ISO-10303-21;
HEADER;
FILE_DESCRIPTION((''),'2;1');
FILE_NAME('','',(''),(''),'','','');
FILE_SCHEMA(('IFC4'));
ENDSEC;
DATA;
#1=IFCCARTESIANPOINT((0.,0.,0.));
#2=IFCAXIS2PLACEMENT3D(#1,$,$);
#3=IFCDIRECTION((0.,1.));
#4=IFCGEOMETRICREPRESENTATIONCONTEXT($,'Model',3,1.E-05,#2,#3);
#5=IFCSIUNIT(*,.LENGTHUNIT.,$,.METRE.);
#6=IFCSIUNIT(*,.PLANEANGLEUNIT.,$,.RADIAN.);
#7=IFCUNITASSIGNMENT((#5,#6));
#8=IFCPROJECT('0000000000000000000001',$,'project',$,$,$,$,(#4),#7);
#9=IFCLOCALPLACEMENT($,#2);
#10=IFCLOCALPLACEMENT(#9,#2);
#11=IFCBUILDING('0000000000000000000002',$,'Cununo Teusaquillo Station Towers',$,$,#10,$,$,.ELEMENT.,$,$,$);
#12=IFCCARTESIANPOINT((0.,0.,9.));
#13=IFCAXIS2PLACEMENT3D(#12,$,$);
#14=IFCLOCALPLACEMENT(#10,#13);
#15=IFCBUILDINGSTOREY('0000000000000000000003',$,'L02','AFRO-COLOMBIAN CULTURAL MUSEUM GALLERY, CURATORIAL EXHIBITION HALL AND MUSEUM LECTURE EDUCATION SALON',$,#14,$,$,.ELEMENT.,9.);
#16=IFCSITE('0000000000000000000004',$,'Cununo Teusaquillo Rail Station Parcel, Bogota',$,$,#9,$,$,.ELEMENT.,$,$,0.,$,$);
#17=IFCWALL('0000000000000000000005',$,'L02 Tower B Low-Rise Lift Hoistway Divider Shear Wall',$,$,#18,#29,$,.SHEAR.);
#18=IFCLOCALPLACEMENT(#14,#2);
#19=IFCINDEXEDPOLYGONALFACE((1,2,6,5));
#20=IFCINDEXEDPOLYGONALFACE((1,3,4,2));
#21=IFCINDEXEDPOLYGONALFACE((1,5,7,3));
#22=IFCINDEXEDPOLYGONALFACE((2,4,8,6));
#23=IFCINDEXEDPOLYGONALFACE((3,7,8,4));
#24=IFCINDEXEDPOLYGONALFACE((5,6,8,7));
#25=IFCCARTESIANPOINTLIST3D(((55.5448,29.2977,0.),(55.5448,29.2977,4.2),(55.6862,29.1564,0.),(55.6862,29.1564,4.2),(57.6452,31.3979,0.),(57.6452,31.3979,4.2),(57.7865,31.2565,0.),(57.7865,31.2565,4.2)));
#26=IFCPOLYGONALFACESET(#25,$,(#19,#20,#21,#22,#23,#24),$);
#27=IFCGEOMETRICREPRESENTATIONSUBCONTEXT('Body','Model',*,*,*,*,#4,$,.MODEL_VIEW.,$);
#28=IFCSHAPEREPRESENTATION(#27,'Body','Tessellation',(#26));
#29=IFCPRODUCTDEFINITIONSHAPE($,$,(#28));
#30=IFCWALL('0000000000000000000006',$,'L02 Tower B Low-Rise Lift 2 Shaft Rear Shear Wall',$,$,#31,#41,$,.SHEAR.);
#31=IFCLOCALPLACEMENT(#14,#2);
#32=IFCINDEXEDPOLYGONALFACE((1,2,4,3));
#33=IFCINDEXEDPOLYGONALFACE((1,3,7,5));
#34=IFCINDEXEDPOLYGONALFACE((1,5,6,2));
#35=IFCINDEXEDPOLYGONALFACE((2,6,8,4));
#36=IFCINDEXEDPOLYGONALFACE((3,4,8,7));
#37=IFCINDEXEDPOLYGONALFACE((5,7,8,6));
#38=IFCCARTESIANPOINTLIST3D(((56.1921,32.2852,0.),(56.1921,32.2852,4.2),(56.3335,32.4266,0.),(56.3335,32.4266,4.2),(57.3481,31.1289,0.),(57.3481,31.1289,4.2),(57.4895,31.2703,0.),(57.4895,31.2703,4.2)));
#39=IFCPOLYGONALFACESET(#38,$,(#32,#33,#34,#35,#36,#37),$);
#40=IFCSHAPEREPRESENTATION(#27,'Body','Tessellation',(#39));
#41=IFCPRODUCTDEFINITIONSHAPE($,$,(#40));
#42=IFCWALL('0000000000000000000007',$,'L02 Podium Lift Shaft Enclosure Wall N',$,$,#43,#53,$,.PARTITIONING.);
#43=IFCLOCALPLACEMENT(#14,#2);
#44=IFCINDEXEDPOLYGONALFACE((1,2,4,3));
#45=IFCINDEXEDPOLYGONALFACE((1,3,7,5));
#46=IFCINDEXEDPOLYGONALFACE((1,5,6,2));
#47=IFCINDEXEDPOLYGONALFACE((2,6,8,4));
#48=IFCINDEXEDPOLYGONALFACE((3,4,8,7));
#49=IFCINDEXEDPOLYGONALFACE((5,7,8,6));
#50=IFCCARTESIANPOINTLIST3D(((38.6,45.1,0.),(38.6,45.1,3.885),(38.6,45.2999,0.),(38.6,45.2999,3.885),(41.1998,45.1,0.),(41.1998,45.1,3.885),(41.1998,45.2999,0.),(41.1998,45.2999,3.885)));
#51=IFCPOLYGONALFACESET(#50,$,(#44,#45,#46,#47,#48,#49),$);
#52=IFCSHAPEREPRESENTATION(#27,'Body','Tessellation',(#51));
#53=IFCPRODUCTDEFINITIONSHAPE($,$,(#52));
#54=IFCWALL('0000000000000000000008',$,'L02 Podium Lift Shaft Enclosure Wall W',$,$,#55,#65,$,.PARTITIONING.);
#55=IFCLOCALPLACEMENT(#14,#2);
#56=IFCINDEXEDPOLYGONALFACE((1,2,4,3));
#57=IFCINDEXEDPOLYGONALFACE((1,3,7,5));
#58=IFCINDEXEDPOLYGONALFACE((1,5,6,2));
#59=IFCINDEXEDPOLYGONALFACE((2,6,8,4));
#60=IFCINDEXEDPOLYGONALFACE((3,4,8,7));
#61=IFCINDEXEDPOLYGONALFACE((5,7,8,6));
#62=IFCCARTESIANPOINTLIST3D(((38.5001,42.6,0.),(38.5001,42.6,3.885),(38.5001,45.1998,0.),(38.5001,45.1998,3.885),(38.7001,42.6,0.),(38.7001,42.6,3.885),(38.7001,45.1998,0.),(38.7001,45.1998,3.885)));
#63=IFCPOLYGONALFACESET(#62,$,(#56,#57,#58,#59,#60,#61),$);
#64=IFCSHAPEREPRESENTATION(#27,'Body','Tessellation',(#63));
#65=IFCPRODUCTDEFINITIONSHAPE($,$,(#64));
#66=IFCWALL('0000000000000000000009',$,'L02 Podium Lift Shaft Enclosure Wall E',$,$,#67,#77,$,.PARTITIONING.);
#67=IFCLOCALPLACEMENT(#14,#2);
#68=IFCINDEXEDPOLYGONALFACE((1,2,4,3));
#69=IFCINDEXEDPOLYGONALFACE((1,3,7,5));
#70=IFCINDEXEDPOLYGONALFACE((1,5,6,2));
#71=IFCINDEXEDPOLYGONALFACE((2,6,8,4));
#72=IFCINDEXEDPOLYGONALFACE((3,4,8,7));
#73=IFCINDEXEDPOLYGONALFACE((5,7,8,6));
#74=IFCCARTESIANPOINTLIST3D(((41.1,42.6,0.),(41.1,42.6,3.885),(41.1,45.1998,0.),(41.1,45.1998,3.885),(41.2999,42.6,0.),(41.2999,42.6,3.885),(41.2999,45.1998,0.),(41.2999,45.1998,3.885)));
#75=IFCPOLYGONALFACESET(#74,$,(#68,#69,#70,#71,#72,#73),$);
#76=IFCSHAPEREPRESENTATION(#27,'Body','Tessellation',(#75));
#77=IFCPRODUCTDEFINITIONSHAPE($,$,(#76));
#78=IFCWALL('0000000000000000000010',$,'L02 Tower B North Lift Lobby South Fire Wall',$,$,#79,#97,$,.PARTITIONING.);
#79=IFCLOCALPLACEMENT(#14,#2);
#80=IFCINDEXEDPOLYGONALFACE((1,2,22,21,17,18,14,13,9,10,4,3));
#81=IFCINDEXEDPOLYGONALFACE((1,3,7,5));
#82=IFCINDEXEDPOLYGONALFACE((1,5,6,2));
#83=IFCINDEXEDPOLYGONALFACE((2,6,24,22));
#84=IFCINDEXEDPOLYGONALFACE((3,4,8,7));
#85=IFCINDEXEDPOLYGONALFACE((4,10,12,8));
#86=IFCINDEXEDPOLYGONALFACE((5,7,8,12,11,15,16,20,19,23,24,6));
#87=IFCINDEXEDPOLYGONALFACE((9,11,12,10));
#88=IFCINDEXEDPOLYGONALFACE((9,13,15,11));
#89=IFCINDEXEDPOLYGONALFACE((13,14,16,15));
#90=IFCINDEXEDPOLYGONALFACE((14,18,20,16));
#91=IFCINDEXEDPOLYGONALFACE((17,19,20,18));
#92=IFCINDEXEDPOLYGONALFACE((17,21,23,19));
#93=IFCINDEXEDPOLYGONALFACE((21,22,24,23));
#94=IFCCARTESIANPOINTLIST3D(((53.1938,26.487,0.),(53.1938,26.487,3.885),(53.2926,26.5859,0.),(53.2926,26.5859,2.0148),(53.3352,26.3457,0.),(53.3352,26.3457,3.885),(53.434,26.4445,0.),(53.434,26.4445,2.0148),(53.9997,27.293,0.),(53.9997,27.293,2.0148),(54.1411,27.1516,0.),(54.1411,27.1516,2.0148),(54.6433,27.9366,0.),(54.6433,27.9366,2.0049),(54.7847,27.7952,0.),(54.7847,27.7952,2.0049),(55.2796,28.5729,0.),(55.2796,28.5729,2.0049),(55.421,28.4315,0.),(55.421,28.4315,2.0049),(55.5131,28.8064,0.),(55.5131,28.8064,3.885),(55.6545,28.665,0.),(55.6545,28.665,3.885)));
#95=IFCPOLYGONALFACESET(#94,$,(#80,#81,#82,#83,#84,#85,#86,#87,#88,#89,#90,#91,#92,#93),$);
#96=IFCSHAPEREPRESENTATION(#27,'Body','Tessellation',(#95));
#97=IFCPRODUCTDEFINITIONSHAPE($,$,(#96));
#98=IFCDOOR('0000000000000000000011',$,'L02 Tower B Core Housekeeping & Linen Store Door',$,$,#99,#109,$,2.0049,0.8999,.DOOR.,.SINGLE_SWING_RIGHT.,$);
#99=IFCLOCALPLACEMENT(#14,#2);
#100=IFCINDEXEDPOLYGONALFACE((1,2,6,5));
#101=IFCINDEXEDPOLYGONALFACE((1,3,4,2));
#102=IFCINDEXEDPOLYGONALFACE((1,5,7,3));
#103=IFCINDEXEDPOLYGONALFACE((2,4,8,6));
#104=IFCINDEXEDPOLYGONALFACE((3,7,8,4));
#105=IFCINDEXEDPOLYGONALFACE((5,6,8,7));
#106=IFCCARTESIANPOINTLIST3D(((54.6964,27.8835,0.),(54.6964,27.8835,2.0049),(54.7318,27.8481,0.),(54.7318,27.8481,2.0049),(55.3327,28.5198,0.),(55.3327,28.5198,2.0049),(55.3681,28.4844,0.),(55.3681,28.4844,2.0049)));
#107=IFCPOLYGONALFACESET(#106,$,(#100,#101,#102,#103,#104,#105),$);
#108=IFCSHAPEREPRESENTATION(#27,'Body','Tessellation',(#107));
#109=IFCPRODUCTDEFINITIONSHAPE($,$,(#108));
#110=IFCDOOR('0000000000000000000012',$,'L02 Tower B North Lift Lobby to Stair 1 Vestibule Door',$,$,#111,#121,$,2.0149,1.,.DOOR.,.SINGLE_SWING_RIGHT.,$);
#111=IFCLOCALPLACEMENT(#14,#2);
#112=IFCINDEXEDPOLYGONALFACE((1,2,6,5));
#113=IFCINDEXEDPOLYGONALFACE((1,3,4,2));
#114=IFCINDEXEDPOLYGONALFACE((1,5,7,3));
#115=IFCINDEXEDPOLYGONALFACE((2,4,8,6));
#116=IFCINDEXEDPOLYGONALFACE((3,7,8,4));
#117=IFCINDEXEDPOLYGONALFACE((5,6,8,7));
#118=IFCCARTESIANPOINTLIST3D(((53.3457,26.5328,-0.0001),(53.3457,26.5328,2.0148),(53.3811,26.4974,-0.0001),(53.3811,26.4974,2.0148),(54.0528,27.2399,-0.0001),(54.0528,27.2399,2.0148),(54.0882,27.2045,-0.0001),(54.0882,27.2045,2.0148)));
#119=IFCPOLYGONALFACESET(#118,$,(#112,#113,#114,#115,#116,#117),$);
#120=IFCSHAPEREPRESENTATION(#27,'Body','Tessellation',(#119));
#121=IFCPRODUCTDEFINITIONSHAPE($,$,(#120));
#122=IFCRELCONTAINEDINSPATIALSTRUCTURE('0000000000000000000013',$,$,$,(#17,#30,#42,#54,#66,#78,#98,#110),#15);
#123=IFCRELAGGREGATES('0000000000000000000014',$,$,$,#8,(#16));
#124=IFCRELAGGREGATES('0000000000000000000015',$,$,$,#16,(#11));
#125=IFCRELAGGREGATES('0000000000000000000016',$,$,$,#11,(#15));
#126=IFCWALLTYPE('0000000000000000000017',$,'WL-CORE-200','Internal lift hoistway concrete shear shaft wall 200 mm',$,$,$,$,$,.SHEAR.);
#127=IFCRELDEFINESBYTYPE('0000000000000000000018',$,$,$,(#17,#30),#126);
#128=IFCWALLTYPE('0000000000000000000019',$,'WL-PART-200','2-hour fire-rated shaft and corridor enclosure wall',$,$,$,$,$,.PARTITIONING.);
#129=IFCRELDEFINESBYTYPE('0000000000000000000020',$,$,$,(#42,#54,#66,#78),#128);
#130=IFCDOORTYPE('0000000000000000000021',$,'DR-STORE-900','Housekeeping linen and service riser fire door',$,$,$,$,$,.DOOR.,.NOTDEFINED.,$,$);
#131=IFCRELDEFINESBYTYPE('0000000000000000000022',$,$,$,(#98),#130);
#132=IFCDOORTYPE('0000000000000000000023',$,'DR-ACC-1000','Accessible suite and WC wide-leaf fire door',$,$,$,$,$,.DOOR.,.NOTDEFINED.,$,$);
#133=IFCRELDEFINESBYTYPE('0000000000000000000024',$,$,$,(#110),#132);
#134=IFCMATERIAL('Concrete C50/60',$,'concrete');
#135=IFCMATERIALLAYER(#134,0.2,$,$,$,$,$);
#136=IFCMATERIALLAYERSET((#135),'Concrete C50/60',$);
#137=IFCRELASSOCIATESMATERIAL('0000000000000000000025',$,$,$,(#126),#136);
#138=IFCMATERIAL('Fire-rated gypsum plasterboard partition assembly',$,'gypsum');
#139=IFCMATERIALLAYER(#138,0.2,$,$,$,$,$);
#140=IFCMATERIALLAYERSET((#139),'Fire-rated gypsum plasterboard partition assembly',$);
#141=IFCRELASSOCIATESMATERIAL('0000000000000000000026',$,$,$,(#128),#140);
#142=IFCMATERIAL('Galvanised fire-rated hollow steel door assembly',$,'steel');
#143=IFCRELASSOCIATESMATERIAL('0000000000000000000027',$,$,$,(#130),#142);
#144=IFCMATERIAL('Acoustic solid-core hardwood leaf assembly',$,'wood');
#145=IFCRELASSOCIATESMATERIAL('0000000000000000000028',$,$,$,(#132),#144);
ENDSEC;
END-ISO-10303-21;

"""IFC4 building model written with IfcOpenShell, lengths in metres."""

from ifc_helpers import new_model, si_unit, direction, frame, frame_2d, origin, place, context, subcontext, project, spatial, rectangle, extrude, source, transform, mapped, material, layer, layer_set, type_object, element, fill, save


model = new_model("IFC4")

# Units and contexts
model_context = context("Model", 3, precision=1e-05, world=origin(), true_north=direction((0.0, 1.0)))
body_context = subcontext(model_context, "Body", "Model", "MODEL_VIEW")
ifc_project = project(units=[si_unit("LENGTHUNIT", "METRE"), si_unit("PLANEANGLEUNIT", "RADIAN")], contexts=[model_context])

# Site, building, storey
site_placement = place(None, origin())
site = spatial("IfcSite", under=ifc_project, at=site_placement, Name="Cununo Teusaquillo Rail Station Parcel, Bogota", CompositionType="ELEMENT", RefElevation=0.0)
building_placement = place(site_placement, origin())
building = spatial("IfcBuilding", under=site, at=building_placement, Name="Cununo Teusaquillo Station Towers", CompositionType="ELEMENT")
storey_placement = place(building_placement, frame((0.0, 0.0, 9.0)))
storey = spatial("IfcBuildingStorey", under=building, at=storey_placement, Name="L02", Description="AFRO-COLOMBIAN CULTURAL MUSEUM GALLERY, CURATORIAL EXHIBITION HALL AND MUSEUM LECTURE EDUCATION SALON", CompositionType="ELEMENT", Elevation=9.0)

# Walls
ifc_material_1 = material(Name="Concrete C50/60", Category="concrete")
ifc_layer_1 = layer(ifc_material_1, 0.2)
ifc_layer_set_1 = layer_set([ifc_layer_1], Name="Concrete C50/60")
wall_type_1 = type_object("IfcWallType", Name="WL-CORE-200", Description="Internal lift hoistway concrete shear shaft wall 200 mm", PredefinedType="SHEAR", material=ifc_layer_set_1)
wall_1_placement = place(storey_placement, frame((55.6155, 29.2271, 0.0), z_axis=(0.0, 0.0, 1.0), x_axis=(0.707148, 0.707066, 0.0)))
element("IfcWall", 1, at=wall_1_placement, inside=storey, type_object=wall_type_1, Name="L02 Tower B Low-Rise Lift Hoistway Divider Shear Wall", PredefinedType="SHEAR", context=body_context, shape_type="SweptSolid", body=[
    extrude(rectangle(XDim=2.9702, YDim=0.2, at=frame_2d((1.4851, 0.0))), origin(), (0.0, 0.0, 1.0), 4.2),
])
wall_2_placement = place(storey_placement, frame((57.4187, 31.1997, 0.0), z_axis=(0.0, 0.0, 1.0), x_axis=(-0.707032, 0.707181, 0.0)))
element("IfcWall", 2, at=wall_2_placement, inside=storey, type_object=wall_type_1, Name="L02 Tower B Low-Rise Lift 2 Shaft Rear Shear Wall", PredefinedType="SHEAR", context=body_context, shape_type="SweptSolid", body=[
    extrude(rectangle(XDim=1.635, YDim=0.2, at=frame_2d((0.8174, 0.0))), origin(), (0.0, 0.0, 1.0), 4.2),
])
ifc_material_2 = material(Name="Fire-rated gypsum plasterboard partition assembly", Category="gypsum")
ifc_layer_2 = layer(ifc_material_2, 0.2)
ifc_layer_set_2 = layer_set([ifc_layer_2], Name="Fire-rated gypsum plasterboard partition assembly")
wall_type_2 = type_object("IfcWallType", Name="WL-PART-200", Description="2-hour fire-rated shaft and corridor enclosure wall", PredefinedType="PARTITIONING", material=ifc_layer_set_2)
for number, where, z_axis, x_axis, name in (
    (3, (38.6001, 45.2, 0.0), (0.0, 0.0, 1.0), (1.0, 0.0, 0.0), "L02 Podium Lift Shaft Enclosure Wall N"),
    (4, (38.6001, 42.6001, 0.0), (0.0, 0.0, 1.0), (0.0, 1.0, 0.0), "L02 Podium Lift Shaft Enclosure Wall W"),
    (5, (41.2, 42.6001, 0.0), (0.0, 0.0, 1.0), (0.0, 1.0, 0.0), "L02 Podium Lift Shaft Enclosure Wall E"),
):
    element("IfcWall", number, at=place(storey_placement, frame(where, z_axis=z_axis, x_axis=x_axis)), inside=storey, type_object=wall_type_2, Name=name, PredefinedType="PARTITIONING", context=body_context, shape_type="SweptSolid", body=[
        extrude(rectangle(XDim=2.5999, YDim=0.2, at=frame_2d((1.2998, 0.0))), origin(), (0.0, 0.0, 1.0), 3.885),
    ])

# Wall, openings, doors
wall_3_placement = place(storey_placement, frame((53.2644, 26.4163, 0.0), z_axis=(0.0, 0.0, 1.0), x_axis=(0.707107, 0.707107, 0.0)))
wall_3 = element("IfcWall", 6, at=wall_3_placement, inside=storey, type_object=wall_type_2, Name="L02 Tower B North Lift Lobby South Fire Wall", PredefinedType="PARTITIONING", context=body_context, shape_type="SweptSolid", body=[
    extrude(rectangle(XDim=3.28, YDim=0.2, at=frame_2d((1.6401, 0.0))), origin(), (0.0, 0.0, 1.0), 3.885),
])
shared_shape_1 = source(origin(), body_context, "Body", "SweptSolid", [
    extrude(rectangle(XDim=1.0, YDim=2.0149, at=frame_2d((0.5, 1.0073))), frame((0.0, 0.1099, 0.0), z_axis=(0.0, -1.0, 0.0), x_axis=(1.0, 0.0, 0.0)), (0.0, 0.0, 1.0), 0.22),
])
opening_1_placement = place(wall_3_placement, frame((0.1399, 0.0, 0.0)))
opening_1 = element("IfcOpeningElement", 7, at=opening_1_placement, cuts=wall_3, PredefinedType="OPENING", context=body_context, shape_type="MappedRepresentation", body=[
    mapped(shared_shape_1, transform((0.0, 0.0, 0.0), x_axis=(1.0, 0.0, 0.0), y_axis=(0.0, 1.0, 0.0), z_axis=(0.0, 0.0, 1.0), scale=1.0)),
])
shared_shape_2 = source(origin(), body_context, "Body", "SweptSolid", [
    extrude(rectangle(XDim=0.8999, YDim=2.0049, at=frame_2d((0.45, 1.0024))), frame((0.0, 0.1099, 0.0), z_axis=(0.0, -1.0, 0.0), x_axis=(1.0, 0.0, 0.0)), (0.0, 0.0, 1.0), 0.22),
])
opening_2_placement = place(wall_3_placement, frame((2.05, 0.0, 0.0)))
opening_2 = element("IfcOpeningElement", 8, at=opening_2_placement, cuts=wall_3, PredefinedType="OPENING", context=body_context, shape_type="MappedRepresentation", body=[
    mapped(shared_shape_2, transform((0.0, 0.0, 0.0), x_axis=(1.0, 0.0, 0.0), y_axis=(0.0, 1.0, 0.0), z_axis=(0.0, 0.0, 1.0), scale=1.0)),
])
ifc_material_3 = material(Name="Galvanised fire-rated hollow steel door assembly", Category="steel")
door_type_1 = type_object("IfcDoorType", Name="DR-STORE-900", Description="Housekeeping linen and service riser fire door", OperationType="NOTDEFINED", PredefinedType="DOOR", material=ifc_material_3)
shared_shape_3 = source(origin(), body_context, "Body", "SweptSolid", [
    extrude(rectangle(XDim=0.8999, YDim=2.0049, at=frame_2d((0.45, 1.0024))), frame((0.0, 0.0249, 0.0), z_axis=(0.0, -1.0, 0.0), x_axis=(1.0, 0.0, 0.0)), (0.0, 0.0, 1.0), 0.05),
])
door_1_placement = place(opening_2_placement, origin())
door_1 = element("IfcDoor", 9, at=door_1_placement, inside=storey, type_object=door_type_1, Name="L02 Tower B Core Housekeeping & Linen Store Door", OperationType="SINGLE_SWING_RIGHT", OverallHeight=2.0049, OverallWidth=0.8999, PredefinedType="DOOR", context=body_context, shape_type="MappedRepresentation", body=[
    mapped(shared_shape_3, transform((0.0, 0.0, 0.0), x_axis=(1.0, 0.0, 0.0), y_axis=(0.0, 1.0, 0.0), z_axis=(0.0, 0.0, 1.0), scale=1.0)),
])
fill(opening_2, door_1)
ifc_material_4 = material(Name="Acoustic solid-core hardwood leaf assembly", Category="wood")
door_type_2 = type_object("IfcDoorType", Name="DR-ACC-1000", Description="Accessible suite and WC wide-leaf fire door", OperationType="NOTDEFINED", PredefinedType="DOOR", material=ifc_material_4)
shared_shape_4 = source(origin(), body_context, "Body", "SweptSolid", [
    extrude(rectangle(XDim=1.0, YDim=2.0149, at=frame_2d((0.5, 1.0073))), frame((0.0, 0.0249, 0.0), z_axis=(0.0, -1.0, 0.0), x_axis=(1.0, 0.0, 0.0)), (0.0, 0.0, 1.0), 0.05),
])
door_2_placement = place(opening_1_placement, origin())
door_2 = element("IfcDoor", 10, at=door_2_placement, inside=storey, type_object=door_type_2, Name="L02 Tower B North Lift Lobby to Stair 1 Vestibule Door", OperationType="SINGLE_SWING_RIGHT", OverallHeight=2.0149, OverallWidth=1.0, PredefinedType="DOOR", context=body_context, shape_type="MappedRepresentation", body=[
    mapped(shared_shape_4, transform((0.0, 0.0, 0.0), x_axis=(1.0, 0.0, 0.0), y_axis=(0.0, 1.0, 0.0), z_axis=(0.0, 0.0, 1.0), scale=1.0)),
])
fill(opening_1, door_2)

save(model, "model.ifc")
